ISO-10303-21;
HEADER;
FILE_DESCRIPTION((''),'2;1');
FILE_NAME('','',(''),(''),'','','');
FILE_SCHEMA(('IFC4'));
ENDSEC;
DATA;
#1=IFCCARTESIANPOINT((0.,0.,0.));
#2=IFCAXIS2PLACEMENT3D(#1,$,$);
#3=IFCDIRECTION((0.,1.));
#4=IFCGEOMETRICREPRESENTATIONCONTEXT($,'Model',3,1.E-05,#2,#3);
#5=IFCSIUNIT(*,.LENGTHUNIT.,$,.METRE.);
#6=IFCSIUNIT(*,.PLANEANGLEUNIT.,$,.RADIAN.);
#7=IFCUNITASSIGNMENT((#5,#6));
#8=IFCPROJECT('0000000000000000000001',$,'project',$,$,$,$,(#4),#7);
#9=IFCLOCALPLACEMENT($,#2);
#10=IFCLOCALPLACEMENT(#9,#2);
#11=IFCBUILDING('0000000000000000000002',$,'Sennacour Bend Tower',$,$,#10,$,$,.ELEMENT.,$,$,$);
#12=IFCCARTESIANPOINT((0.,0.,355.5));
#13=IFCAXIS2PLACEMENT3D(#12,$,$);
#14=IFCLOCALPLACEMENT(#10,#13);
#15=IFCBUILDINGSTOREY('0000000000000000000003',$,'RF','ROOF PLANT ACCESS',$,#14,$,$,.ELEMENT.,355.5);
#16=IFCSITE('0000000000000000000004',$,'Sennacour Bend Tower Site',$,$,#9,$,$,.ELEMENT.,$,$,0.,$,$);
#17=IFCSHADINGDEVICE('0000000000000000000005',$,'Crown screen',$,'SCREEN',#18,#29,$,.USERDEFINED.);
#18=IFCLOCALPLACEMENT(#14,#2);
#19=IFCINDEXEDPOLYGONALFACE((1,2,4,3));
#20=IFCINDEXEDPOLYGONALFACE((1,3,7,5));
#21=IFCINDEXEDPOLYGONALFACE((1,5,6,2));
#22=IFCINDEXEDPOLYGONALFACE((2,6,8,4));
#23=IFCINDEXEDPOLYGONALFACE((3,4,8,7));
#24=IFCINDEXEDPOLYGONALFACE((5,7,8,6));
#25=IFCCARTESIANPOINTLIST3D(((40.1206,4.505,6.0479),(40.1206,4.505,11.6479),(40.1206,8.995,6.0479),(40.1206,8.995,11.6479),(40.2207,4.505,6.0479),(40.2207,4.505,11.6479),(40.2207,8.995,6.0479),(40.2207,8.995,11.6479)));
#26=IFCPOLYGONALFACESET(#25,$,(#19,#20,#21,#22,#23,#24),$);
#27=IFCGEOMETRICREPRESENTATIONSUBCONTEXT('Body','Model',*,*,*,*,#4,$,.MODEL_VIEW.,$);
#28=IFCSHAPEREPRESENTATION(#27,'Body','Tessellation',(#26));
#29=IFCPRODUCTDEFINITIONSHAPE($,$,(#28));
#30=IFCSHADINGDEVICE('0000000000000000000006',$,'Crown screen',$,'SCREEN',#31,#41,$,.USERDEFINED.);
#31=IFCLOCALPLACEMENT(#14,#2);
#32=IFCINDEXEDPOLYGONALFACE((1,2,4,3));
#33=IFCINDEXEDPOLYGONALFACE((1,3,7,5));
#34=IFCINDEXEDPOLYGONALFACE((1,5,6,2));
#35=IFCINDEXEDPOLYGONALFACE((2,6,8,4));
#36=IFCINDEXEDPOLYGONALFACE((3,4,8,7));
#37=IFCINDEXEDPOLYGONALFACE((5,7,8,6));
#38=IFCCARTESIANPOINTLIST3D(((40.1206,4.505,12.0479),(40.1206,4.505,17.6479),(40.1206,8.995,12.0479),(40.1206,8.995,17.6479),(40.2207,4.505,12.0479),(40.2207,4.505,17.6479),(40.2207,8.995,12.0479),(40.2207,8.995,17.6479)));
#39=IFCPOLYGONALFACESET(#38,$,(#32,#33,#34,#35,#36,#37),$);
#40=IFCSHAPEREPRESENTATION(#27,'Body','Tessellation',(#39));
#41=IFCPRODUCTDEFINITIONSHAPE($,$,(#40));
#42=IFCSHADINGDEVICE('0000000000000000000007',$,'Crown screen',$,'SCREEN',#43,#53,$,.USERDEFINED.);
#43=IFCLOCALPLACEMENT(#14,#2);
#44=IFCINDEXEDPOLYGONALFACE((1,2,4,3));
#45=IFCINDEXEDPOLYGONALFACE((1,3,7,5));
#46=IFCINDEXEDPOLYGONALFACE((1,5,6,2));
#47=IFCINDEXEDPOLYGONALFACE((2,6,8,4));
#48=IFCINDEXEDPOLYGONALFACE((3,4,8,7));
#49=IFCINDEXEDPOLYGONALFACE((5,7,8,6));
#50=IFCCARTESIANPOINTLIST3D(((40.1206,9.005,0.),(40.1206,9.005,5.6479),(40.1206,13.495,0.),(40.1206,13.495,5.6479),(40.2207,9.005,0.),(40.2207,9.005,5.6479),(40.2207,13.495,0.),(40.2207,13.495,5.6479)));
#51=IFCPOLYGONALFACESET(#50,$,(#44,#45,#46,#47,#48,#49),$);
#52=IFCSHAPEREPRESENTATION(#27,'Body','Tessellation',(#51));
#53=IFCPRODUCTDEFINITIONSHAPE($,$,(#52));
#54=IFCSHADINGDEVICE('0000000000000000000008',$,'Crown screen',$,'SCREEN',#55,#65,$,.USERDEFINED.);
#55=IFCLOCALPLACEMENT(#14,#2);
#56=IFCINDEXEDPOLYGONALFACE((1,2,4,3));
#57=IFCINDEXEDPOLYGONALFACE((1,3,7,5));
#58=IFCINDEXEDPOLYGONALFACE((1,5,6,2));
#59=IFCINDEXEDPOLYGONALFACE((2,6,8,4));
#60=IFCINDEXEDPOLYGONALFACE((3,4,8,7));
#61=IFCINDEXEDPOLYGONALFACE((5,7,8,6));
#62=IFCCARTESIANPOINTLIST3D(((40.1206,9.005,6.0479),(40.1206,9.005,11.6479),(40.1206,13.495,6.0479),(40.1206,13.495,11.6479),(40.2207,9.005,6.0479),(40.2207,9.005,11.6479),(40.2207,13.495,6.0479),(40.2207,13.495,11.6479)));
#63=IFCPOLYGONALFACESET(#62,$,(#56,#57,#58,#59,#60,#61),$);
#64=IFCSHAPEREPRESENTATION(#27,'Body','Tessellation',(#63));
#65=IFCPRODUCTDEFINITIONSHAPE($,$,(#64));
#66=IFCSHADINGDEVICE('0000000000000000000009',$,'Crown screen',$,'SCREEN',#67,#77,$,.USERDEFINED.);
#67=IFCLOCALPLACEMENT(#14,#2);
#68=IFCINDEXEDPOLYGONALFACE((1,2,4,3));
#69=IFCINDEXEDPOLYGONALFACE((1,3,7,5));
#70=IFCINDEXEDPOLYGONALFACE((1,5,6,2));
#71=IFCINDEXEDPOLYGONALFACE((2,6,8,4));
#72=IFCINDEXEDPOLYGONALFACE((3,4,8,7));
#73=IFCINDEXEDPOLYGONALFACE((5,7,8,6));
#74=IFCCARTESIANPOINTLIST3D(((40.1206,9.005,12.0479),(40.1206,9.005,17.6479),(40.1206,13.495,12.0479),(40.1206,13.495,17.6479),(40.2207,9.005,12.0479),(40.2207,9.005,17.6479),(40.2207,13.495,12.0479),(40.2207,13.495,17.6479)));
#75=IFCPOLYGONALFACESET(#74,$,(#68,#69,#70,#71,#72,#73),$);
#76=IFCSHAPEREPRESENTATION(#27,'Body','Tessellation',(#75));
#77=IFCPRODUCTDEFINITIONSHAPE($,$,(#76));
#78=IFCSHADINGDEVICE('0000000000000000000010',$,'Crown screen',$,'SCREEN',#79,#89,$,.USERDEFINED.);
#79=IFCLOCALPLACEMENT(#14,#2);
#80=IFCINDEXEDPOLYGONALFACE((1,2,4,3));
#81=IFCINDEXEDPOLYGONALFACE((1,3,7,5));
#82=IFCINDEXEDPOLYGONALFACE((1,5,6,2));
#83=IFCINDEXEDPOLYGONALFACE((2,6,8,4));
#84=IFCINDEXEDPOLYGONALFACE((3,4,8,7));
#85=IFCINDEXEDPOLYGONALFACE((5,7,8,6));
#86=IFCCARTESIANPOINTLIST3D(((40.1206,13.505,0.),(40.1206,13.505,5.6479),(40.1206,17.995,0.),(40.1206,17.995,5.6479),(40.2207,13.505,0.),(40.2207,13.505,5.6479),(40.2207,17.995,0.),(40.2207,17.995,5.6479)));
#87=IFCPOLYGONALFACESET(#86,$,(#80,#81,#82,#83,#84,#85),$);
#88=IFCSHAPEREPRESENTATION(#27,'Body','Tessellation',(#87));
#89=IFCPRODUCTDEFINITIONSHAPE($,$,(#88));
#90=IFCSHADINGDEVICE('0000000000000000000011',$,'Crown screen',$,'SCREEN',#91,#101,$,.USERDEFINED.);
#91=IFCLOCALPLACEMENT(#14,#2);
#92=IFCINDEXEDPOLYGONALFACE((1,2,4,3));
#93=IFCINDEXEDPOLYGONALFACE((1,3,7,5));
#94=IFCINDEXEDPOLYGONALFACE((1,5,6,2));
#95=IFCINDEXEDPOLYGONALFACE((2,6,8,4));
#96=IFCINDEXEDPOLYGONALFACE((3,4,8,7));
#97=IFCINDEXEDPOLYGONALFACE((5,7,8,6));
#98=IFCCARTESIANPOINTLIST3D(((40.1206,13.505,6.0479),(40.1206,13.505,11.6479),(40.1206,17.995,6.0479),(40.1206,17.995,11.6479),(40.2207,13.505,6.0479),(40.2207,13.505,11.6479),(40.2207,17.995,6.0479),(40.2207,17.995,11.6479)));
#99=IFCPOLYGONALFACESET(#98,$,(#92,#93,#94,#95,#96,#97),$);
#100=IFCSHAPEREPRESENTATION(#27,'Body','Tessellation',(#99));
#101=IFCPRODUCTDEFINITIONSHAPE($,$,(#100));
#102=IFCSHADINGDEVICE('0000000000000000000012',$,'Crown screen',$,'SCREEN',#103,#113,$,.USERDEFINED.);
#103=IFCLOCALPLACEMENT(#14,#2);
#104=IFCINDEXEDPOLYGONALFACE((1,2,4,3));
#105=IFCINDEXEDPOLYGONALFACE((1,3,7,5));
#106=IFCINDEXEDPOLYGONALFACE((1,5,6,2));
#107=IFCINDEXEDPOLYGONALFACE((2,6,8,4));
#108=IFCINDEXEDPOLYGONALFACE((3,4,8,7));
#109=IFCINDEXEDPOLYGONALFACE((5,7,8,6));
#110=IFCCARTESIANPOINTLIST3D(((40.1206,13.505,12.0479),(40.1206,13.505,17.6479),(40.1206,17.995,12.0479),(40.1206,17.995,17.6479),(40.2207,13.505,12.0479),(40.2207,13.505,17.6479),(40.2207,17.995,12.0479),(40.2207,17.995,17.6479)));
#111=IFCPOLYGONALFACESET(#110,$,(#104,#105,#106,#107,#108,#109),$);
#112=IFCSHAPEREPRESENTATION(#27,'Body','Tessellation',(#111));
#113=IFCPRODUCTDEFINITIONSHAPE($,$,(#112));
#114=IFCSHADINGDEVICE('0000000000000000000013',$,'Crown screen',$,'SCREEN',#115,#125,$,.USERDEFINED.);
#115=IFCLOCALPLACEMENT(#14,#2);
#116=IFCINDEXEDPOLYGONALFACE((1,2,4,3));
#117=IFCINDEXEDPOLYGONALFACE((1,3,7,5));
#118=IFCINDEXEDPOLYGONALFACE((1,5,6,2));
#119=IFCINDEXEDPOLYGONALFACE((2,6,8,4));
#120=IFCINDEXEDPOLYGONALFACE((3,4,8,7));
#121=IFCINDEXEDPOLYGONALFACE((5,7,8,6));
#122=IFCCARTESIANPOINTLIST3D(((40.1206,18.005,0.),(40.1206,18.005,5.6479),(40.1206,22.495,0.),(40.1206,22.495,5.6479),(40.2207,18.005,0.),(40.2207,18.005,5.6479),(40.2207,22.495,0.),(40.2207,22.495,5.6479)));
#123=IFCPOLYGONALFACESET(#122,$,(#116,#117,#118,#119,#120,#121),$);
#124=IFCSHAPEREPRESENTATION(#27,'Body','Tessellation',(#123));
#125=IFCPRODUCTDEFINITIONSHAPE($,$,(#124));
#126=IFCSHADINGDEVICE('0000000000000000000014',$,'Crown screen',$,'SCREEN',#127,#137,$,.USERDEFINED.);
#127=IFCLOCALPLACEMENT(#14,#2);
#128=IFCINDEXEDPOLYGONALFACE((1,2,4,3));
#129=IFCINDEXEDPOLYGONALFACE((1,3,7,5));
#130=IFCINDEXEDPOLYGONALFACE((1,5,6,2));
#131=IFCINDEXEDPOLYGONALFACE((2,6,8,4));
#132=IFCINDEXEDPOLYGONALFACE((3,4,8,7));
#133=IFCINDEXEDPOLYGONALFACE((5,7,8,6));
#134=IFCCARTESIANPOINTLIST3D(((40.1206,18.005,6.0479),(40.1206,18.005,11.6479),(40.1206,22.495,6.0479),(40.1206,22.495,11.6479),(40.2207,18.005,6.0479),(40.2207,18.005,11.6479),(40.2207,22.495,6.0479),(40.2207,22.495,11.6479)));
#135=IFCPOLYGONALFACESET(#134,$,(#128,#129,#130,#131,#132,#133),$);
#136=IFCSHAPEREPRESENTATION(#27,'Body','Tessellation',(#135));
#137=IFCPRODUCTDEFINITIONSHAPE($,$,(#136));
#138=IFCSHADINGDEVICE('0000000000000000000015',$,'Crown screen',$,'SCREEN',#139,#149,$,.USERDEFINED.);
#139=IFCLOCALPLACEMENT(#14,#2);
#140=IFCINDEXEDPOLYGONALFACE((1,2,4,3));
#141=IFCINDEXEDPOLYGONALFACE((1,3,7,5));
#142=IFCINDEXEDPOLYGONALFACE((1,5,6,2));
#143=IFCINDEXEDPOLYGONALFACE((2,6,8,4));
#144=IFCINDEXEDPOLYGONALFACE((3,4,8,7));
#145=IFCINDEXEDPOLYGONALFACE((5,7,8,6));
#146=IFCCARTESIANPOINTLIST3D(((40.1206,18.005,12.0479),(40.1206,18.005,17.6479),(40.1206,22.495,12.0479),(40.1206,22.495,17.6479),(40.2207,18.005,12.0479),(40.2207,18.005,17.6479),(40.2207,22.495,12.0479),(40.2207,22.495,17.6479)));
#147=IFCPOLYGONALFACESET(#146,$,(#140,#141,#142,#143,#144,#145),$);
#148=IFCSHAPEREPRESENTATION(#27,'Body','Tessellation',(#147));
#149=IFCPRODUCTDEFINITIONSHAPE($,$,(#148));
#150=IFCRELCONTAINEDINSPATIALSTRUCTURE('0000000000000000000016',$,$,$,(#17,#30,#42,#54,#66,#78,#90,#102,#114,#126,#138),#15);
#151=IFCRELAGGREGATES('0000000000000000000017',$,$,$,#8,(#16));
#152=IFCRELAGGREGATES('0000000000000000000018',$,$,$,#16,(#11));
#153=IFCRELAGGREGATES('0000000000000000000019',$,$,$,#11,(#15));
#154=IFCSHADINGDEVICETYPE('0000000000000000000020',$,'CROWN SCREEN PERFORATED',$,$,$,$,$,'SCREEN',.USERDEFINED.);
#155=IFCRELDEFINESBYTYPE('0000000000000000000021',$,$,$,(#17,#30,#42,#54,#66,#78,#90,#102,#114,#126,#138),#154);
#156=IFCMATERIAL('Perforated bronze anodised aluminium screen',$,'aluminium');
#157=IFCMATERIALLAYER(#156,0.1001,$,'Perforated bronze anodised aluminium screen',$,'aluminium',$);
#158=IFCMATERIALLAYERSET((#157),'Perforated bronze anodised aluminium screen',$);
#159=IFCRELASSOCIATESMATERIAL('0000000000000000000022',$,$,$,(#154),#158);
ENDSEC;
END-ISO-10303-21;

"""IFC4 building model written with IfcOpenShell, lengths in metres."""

from ifc_helpers import new_model, si_unit, direction, frame, origin, origin_2d, place, context, subcontext, project, spatial, rectangle, extrude, material, layer, layer_set, type_object, element, save


model = new_model("IFC4")

# Units and contexts
model_context = context("Model", 3, precision=1e-05, world=origin(), true_north=direction((0.0, 1.0)))
body_context = subcontext(model_context, "Body", "Model", "MODEL_VIEW")
ifc_project = project(units=[si_unit("LENGTHUNIT", "METRE"), si_unit("PLANEANGLEUNIT", "RADIAN")], contexts=[model_context])

# Site, building, storey
site_placement = place(None, origin())
site = spatial("IfcSite", under=ifc_project, at=site_placement, Name="Sennacour Bend Tower Site", CompositionType="ELEMENT", RefElevation=0.0)
building_placement = place(site_placement, origin())
building = spatial("IfcBuilding", under=site, at=building_placement, Name="Sennacour Bend Tower", CompositionType="ELEMENT")
storey_placement = place(building_placement, frame((0.0, 0.0, 355.5)))
storey = spatial("IfcBuildingStorey", under=building, at=storey_placement, Name="RF", Description="ROOF PLANT ACCESS", CompositionType="ELEMENT", Elevation=355.5)

# Shading devices
ifc_material_1 = material(Name="Perforated bronze anodised aluminium screen", Category="aluminium")
ifc_layer_1 = layer(ifc_material_1, 0.1001, Name="Perforated bronze anodised aluminium screen", Category="aluminium")
ifc_layer_set_1 = layer_set([ifc_layer_1], Name="Perforated bronze anodised aluminium screen")
shading_device_type_1 = type_object("IfcShadingDeviceType", Name="CROWN SCREEN PERFORATED", ElementType="SCREEN", PredefinedType="USERDEFINED", material=ifc_layer_set_1)
for number, where, z_axis, x_axis, name in (
    (1, (40.1707, 6.75, 6.0479), (0.0, 0.0, 1.0), (0.0, 1.0, 0.0), "Crown screen"),
    (2, (40.1707, 6.75, 12.0479), (0.0, 0.0, 1.0), (0.0, 1.0, 0.0), "Crown screen"),
):
    element("IfcShadingDevice", number, at=place(storey_placement, frame(where, z_axis=z_axis, x_axis=x_axis)), inside=storey, type_object=shading_device_type_1, Name=name, ObjectType="SCREEN", PredefinedType="USERDEFINED", context=body_context, shape_type="SweptSolid", body=[
        extrude(rectangle(XDim=4.49, YDim=0.1001, at=origin_2d()), origin(), (0.0, 0.0, 1.0), 5.6001),
    ])
shading_device_1_placement = place(storey_placement, frame((40.1707, 11.25, 0.0), z_axis=(0.0, 0.0, 1.0), x_axis=(0.0, 1.0, 0.0)))
element("IfcShadingDevice", 3, at=shading_device_1_placement, inside=storey, type_object=shading_device_type_1, Name="Crown screen", ObjectType="SCREEN", PredefinedType="USERDEFINED", context=body_context, shape_type="SweptSolid", body=[
    extrude(rectangle(XDim=4.49, YDim=0.1001, at=origin_2d()), origin(), (0.0, 0.0, 1.0), 5.6479),
])
for number, where, z_axis, x_axis, name in (
    (4, (40.1707, 11.25, 6.0479), (0.0, 0.0, 1.0), (0.0, 1.0, 0.0), "Crown screen"),
    (5, (40.1707, 11.25, 12.0479), (0.0, 0.0, 1.0), (0.0, 1.0, 0.0), "Crown screen"),
):
    element("IfcShadingDevice", number, at=place(storey_placement, frame(where, z_axis=z_axis, x_axis=x_axis)), inside=storey, type_object=shading_device_type_1, Name=name, ObjectType="SCREEN", PredefinedType="USERDEFINED", context=body_context, shape_type="SweptSolid", body=[
        extrude(rectangle(XDim=4.49, YDim=0.1001, at=origin_2d()), origin(), (0.0, 0.0, 1.0), 5.6001),
    ])
shading_device_2_placement = place(storey_placement, frame((40.1707, 15.75, 0.0), z_axis=(0.0, 0.0, 1.0), x_axis=(0.0, 1.0, 0.0)))
element("IfcShadingDevice", 6, at=shading_device_2_placement, inside=storey, type_object=shading_device_type_1, Name="Crown screen", ObjectType="SCREEN", PredefinedType="USERDEFINED", context=body_context, shape_type="SweptSolid", body=[
    extrude(rectangle(XDim=4.49, YDim=0.1001, at=origin_2d()), origin(), (0.0, 0.0, 1.0), 5.6479),
])
for number, where, z_axis, x_axis, name in (
    (7, (40.1707, 15.75, 6.0479), (0.0, 0.0, 1.0), (0.0, 1.0, 0.0), "Crown screen"),
    (8, (40.1707, 15.75, 12.0479), (0.0, 0.0, 1.0), (0.0, 1.0, 0.0), "Crown screen"),
):
    element("IfcShadingDevice", number, at=place(storey_placement, frame(where, z_axis=z_axis, x_axis=x_axis)), inside=storey, type_object=shading_device_type_1, Name=name, ObjectType="SCREEN", PredefinedType="USERDEFINED", context=body_context, shape_type="SweptSolid", body=[
        extrude(rectangle(XDim=4.49, YDim=0.1001, at=origin_2d()), origin(), (0.0, 0.0, 1.0), 5.6001),
    ])
shading_device_3_placement = place(storey_placement, frame((40.1707, 20.25, 0.0), z_axis=(0.0, 0.0, 1.0), x_axis=(0.0, 1.0, 0.0)))
element("IfcShadingDevice", 9, at=shading_device_3_placement, inside=storey, type_object=shading_device_type_1, Name="Crown screen", ObjectType="SCREEN", PredefinedType="USERDEFINED", context=body_context, shape_type="SweptSolid", body=[
    extrude(rectangle(XDim=4.49, YDim=0.1001, at=origin_2d()), origin(), (0.0, 0.0, 1.0), 5.6479),
])
for number, where, z_axis, x_axis, name in (
    (10, (40.1707, 20.25, 6.0479), (0.0, 0.0, 1.0), (0.0, 1.0, 0.0), "Crown screen"),
    (11, (40.1707, 20.25, 12.0479), (0.0, 0.0, 1.0), (0.0, 1.0, 0.0), "Crown screen"),
):
    element("IfcShadingDevice", number, at=place(storey_placement, frame(where, z_axis=z_axis, x_axis=x_axis)), inside=storey, type_object=shading_device_type_1, Name=name, ObjectType="SCREEN", PredefinedType="USERDEFINED", context=body_context, shape_type="SweptSolid", body=[
        extrude(rectangle(XDim=4.49, YDim=0.1001, at=origin_2d()), origin(), (0.0, 0.0, 1.0), 5.6001),
    ])

save(model, "model.ifc")
